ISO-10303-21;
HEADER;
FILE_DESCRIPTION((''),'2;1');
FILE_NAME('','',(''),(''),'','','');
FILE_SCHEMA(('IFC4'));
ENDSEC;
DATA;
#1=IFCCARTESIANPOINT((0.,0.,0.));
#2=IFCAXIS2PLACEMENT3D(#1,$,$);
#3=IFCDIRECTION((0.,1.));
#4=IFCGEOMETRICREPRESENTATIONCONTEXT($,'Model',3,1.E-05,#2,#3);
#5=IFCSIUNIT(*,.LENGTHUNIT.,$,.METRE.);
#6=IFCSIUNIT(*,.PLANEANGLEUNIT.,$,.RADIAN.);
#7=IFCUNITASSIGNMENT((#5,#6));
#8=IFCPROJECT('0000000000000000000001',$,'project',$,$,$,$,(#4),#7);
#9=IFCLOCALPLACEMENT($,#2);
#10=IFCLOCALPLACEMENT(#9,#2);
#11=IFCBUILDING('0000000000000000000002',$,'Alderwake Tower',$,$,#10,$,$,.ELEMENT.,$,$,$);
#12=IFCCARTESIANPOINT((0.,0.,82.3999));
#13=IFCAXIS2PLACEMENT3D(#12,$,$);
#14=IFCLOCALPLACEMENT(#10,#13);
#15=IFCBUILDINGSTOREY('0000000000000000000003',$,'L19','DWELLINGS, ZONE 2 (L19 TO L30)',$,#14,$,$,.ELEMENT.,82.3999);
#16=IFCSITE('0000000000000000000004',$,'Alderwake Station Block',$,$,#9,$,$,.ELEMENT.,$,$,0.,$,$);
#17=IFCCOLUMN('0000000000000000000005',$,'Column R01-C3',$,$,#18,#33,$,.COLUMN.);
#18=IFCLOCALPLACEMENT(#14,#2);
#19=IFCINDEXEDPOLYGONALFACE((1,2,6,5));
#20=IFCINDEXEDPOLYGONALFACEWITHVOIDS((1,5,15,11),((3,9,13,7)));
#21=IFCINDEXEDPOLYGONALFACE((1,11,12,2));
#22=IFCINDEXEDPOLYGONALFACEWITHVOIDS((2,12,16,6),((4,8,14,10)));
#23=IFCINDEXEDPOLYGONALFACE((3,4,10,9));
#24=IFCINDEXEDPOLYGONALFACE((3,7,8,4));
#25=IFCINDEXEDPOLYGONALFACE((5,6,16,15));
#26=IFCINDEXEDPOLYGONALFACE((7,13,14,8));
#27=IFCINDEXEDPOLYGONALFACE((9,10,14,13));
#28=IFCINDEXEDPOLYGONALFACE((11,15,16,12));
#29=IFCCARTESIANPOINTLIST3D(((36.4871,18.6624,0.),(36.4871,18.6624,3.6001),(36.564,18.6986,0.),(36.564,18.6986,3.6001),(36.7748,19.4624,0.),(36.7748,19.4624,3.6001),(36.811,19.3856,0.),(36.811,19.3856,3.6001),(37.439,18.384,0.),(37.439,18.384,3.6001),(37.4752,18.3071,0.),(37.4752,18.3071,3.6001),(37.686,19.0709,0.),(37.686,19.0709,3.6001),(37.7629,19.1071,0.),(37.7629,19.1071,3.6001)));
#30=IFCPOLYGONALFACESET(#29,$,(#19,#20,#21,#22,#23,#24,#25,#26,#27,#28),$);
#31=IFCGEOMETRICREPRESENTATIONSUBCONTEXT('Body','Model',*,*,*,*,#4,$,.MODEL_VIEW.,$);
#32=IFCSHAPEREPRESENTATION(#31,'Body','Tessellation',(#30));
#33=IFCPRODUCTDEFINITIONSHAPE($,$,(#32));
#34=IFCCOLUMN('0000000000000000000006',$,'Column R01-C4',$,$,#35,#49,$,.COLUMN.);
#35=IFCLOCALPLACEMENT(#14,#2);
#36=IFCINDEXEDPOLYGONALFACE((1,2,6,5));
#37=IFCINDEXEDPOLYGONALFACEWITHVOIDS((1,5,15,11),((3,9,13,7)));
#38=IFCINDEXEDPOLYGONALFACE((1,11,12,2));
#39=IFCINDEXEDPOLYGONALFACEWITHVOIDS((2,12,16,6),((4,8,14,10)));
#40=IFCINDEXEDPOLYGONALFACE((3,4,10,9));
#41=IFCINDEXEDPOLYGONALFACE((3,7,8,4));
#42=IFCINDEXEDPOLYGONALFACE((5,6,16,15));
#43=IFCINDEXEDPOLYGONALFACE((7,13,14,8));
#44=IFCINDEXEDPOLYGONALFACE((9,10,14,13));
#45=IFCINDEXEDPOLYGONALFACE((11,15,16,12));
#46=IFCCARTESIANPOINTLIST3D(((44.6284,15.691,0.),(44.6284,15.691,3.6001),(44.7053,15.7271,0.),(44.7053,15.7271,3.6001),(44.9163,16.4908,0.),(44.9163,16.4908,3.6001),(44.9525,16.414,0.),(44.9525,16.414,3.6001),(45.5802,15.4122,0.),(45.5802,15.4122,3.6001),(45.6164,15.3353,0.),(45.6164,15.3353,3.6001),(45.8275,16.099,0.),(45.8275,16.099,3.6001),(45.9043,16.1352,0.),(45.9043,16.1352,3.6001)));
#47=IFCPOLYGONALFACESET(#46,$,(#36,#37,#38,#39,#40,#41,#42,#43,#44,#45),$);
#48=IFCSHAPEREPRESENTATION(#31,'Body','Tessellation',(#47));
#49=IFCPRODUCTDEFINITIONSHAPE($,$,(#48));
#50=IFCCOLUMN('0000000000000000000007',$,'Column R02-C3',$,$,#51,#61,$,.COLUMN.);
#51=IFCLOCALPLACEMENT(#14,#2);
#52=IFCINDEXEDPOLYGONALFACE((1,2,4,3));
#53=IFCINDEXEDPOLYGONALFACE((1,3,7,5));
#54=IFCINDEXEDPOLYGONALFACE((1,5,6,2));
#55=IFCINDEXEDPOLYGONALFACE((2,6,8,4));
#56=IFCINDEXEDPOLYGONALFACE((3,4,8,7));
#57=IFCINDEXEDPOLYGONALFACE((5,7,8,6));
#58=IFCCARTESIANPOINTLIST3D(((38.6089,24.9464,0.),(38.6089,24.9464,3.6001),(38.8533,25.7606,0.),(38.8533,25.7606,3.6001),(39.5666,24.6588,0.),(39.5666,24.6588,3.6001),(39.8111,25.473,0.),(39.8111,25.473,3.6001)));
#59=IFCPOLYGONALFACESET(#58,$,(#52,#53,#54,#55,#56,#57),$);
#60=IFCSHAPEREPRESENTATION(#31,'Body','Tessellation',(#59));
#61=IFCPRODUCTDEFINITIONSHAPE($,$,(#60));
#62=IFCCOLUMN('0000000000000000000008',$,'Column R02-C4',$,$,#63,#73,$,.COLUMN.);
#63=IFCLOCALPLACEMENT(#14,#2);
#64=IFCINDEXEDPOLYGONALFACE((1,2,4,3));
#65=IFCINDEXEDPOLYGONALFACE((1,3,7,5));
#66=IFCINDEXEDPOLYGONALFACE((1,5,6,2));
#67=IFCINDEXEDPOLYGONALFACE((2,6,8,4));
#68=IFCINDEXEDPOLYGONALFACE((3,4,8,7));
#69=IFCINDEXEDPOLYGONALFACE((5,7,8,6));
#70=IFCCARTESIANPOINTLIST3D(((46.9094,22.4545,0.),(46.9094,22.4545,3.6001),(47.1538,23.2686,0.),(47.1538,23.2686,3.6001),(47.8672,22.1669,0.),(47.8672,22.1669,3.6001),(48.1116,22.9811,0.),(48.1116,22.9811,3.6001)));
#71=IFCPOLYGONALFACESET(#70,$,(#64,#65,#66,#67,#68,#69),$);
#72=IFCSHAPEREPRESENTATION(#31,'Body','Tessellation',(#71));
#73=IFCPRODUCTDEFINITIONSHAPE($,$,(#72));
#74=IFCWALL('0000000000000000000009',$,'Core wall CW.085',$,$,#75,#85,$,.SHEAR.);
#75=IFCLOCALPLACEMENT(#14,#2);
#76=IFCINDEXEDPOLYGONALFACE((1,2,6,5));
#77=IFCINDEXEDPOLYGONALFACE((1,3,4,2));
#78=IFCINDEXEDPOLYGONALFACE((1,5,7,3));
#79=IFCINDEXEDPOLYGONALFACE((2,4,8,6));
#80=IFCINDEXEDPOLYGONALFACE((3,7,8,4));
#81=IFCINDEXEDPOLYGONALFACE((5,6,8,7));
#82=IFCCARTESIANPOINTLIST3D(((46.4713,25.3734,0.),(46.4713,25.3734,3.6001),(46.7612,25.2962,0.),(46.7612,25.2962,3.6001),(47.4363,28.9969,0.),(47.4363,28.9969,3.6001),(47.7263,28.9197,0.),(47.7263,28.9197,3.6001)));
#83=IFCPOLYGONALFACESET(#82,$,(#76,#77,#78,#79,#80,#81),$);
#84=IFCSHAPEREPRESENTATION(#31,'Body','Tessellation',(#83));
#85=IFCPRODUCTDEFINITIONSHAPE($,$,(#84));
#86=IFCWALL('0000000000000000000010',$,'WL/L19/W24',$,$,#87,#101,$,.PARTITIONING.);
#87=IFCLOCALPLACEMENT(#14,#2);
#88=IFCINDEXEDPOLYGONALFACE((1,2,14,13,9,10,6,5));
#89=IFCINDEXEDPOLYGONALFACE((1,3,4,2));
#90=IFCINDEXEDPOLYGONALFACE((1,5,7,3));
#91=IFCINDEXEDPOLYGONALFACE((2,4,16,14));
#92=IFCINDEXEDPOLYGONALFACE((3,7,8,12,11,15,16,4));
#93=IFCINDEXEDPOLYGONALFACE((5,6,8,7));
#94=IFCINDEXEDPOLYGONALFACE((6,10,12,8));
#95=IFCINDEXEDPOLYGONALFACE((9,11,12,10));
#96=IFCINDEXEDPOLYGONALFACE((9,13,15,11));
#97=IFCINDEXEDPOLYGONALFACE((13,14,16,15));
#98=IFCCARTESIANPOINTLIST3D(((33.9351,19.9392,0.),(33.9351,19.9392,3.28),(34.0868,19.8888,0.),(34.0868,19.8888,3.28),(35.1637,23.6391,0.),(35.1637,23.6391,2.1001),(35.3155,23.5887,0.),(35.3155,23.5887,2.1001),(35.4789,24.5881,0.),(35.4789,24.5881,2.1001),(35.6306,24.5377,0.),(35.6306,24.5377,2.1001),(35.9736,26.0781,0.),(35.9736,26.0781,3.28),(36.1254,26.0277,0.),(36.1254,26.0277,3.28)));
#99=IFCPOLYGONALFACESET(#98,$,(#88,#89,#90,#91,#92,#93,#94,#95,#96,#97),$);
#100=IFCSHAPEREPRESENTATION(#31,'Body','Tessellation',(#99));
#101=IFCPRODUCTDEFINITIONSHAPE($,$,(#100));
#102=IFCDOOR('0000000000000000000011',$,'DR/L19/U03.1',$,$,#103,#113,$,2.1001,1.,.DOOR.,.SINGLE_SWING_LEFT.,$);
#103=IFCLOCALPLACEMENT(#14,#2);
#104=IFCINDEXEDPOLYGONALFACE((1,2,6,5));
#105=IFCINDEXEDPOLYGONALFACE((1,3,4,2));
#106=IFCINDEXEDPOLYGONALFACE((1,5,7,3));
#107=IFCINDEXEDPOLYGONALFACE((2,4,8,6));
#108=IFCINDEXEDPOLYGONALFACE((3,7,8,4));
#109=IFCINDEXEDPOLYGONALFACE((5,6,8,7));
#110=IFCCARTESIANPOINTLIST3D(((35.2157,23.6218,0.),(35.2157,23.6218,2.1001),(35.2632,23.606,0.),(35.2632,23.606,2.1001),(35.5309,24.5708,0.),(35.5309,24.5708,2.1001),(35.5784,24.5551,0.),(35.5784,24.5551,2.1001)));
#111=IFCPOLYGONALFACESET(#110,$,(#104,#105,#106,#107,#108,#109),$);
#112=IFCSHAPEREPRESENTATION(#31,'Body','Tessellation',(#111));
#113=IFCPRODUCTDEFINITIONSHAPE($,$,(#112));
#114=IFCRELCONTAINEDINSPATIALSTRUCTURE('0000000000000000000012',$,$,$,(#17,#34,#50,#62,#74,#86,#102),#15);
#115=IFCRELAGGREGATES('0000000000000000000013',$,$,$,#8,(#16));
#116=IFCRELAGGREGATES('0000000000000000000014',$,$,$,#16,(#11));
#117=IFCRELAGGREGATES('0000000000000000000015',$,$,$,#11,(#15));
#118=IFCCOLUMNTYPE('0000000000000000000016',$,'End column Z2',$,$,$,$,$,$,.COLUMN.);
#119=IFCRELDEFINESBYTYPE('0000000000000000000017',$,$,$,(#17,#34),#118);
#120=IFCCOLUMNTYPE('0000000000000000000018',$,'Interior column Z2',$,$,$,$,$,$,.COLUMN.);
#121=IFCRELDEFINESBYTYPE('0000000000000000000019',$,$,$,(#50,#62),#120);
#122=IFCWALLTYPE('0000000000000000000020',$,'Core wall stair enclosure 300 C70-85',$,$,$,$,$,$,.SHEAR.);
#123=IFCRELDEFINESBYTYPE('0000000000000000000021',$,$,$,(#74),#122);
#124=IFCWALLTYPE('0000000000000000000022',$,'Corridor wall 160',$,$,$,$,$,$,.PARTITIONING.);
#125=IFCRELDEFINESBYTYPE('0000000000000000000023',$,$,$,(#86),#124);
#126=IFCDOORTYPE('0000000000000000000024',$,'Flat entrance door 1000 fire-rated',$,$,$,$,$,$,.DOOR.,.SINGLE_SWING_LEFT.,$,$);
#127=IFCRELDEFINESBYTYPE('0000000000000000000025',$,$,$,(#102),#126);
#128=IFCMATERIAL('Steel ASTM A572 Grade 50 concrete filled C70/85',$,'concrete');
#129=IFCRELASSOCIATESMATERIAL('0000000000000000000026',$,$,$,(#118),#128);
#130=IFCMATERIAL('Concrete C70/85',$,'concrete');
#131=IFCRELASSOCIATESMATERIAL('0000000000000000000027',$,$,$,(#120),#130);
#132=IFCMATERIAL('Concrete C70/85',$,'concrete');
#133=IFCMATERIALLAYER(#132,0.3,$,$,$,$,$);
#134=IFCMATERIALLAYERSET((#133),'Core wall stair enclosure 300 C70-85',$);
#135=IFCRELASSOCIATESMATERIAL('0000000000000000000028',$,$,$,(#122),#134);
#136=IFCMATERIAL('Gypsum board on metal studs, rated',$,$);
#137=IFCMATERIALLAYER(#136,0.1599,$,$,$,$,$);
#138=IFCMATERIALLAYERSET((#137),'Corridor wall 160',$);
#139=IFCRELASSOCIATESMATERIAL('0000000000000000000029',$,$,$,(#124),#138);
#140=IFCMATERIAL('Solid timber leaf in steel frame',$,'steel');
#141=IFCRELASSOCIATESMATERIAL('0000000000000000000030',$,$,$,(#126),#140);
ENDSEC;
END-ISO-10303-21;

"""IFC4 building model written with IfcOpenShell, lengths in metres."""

from ifc_helpers import new_model, si_unit, direction, frame, frame_2d, origin, origin_2d, place, context, subcontext, project, spatial, rectangle, hollow_rectangle, extrude, material, layer, layer_set, material_profile, profile_set, type_object, element, fill, save


model = new_model("IFC4")

# Units and contexts
model_context = context("Model", 3, precision=1e-05, world=origin(), true_north=direction((0.0, 1.0)))
body_context = subcontext(model_context, "Body", "Model", "MODEL_VIEW")
ifc_project = project(units=[si_unit("LENGTHUNIT", "METRE"), si_unit("PLANEANGLEUNIT", "RADIAN")], contexts=[model_context])

# Site, building, storey
site_placement = place(None, origin())
site = spatial("IfcSite", under=ifc_project, at=site_placement, Name="Alderwake Station Block", CompositionType="ELEMENT", RefElevation=0.0)
building_placement = place(site_placement, origin())
building = spatial("IfcBuilding", under=site, at=building_placement, Name="Alderwake Tower", CompositionType="ELEMENT")
storey_placement = place(building_placement, frame((0.0, 0.0, 82.3999)))
storey = spatial("IfcBuildingStorey", under=building, at=storey_placement, Name="L19", Description="DWELLINGS, ZONE 2 (L19 TO L30)", CompositionType="ELEMENT", Elevation=82.3999)

# Columns
ifc_material_1 = material(Name="Steel ASTM A572 Grade 50 concrete filled C70/85", Category="concrete")
ifc_material_profile_1 = material_profile(ifc_material_1, hollow_rectangle(XDim=0.8501, YDim=1.05, WallThickness=0.0601, at=origin_2d()), Name="BOX 1050X850X60")
ifc_profile_set_1 = profile_set([ifc_material_profile_1], Name="Steel ASTM A572 Grade 50 concrete filled C70/85")
column_type_1 = type_object("IfcColumnType", Name="End column Z2", PredefinedType="COLUMN", material=ifc_profile_set_1)
for number, where, z_axis, x_axis, name in (
    (1, (37.125, 18.8848, 0.0), (0.0, 0.0, 1.0), (0.338365, 0.941015, 0.0), "Column R01-C3"),
    (2, (45.2664, 15.9131, 0.0), (0.0, 0.0, 1.0), (0.338661, 0.940909, 0.0), "Column R01-C4"),
):
    element("IfcColumn", number, at=place(storey_placement, frame(where, z_axis=z_axis, x_axis=x_axis)), inside=storey, type_object=column_type_1, Name=name, PredefinedType="COLUMN", context=body_context, shape_type="SweptSolid", body=[
        extrude(hollow_rectangle(XDim=0.8501, YDim=1.05, WallThickness=0.0601, at=origin_2d()), origin(), (0.0, 0.0, 1.0), 3.6001),
    ])
ifc_material_2 = material(Name="Concrete C70/85", Category="concrete")
ifc_material_profile_2 = material_profile(ifc_material_2, rectangle(XDim=0.8501, YDim=1.0, at=origin_2d()), Name="RC 1000X850")
ifc_profile_set_2 = profile_set([ifc_material_profile_2], Name="Concrete C70/85")
column_type_2 = type_object("IfcColumnType", Name="Interior column Z2", PredefinedType="COLUMN", material=ifc_profile_set_2)
for number, where, z_axis, x_axis, name in (
    (3, (39.21, 25.2097, 0.0), (0.0, 0.0, 1.0), (0.287549, 0.957766, 0.0), "Column R02-C3"),
    (4, (47.5105, 22.7178, 0.0), (0.0, 0.0, 1.0), (0.287549, 0.957766, 0.0), "Column R02-C4"),
):
    element("IfcColumn", number, at=place(storey_placement, frame(where, z_axis=z_axis, x_axis=x_axis)), inside=storey, type_object=column_type_2, Name=name, PredefinedType="COLUMN", context=body_context, shape_type="SweptSolid", body=[
        extrude(rectangle(XDim=0.8501, YDim=1.0, at=origin_2d()), origin(), (0.0, 0.0, 1.0), 3.6001),
    ])

# Wall
ifc_material_3 = material(Name="Concrete C70/85", Category="concrete")
ifc_layer_1 = layer(ifc_material_3, 0.3)
ifc_layer_set_1 = layer_set([ifc_layer_1], Name="Core wall stair enclosure 300 C70-85")
wall_type_1 = type_object("IfcWallType", Name="Core wall stair enclosure 300 C70-85", PredefinedType="SHEAR", material=ifc_layer_set_1)
wall_1_placement = place(storey_placement, frame((46.6162, 25.3347, 0.0), z_axis=(0.0, 0.0, 1.0), x_axis=(0.257367, 0.966314, 0.0)))
element("IfcWall", 5, at=wall_1_placement, inside=storey, type_object=wall_type_1, Name="Core wall CW.085", PredefinedType="SHEAR", context=body_context, shape_type="SweptSolid", body=[
    extrude(rectangle(XDim=3.7498, YDim=0.3, at=frame_2d((1.875, 0.0))), origin(), (0.0, 0.0, 1.0), 3.6001),
])

# Wall, opening, door
ifc_material_4 = material(Name="Gypsum board on metal studs, rated")
ifc_layer_2 = layer(ifc_material_4, 0.1599)
ifc_layer_set_2 = layer_set([ifc_layer_2], Name="Corridor wall 160")
wall_type_2 = type_object("IfcWallType", Name="Corridor wall 160", PredefinedType="PARTITIONING", material=ifc_layer_set_2)
wall_2_placement = place(storey_placement, frame((36.0496, 26.053, 0.0), z_axis=(0.0, 0.0, 1.0), x_axis=(-0.315152, -0.949041, 0.0)))
wall_2 = element("IfcWall", 6, at=wall_2_placement, inside=storey, type_object=wall_type_2, Name="WL/L19/W24", PredefinedType="PARTITIONING", context=body_context, shape_type="SweptSolid", body=[
    extrude(rectangle(XDim=6.4685, YDim=0.1599, at=frame_2d((3.2344, 0.0))), origin(), (0.0, 0.0, 1.0), 3.28),
])
opening_1_placement = place(wall_2_placement, frame((1.5701, 0.0, 0.0)))
opening_1 = element("IfcOpeningElement", 7, at=opening_1_placement, cuts=wall_2, PredefinedType="OPENING", context=body_context, shape_type="SweptSolid", body=[
    extrude(rectangle(XDim=1.0, YDim=2.1001, at=frame_2d((0.5, 1.05))), frame((0.0, 0.0898, 0.0), z_axis=(0.0, -1.0, 0.0), x_axis=(1.0, 0.0, 0.0)), (0.0, 0.0, 1.0), 0.1799),
])
ifc_material_5 = material(Name="Solid timber leaf in steel frame", Category="steel")
door_type_1 = type_object("IfcDoorType", Name="Flat entrance door 1000 fire-rated", OperationType="SINGLE_SWING_LEFT", PredefinedType="DOOR", material=ifc_material_5)
door_1_placement = place(opening_1_placement, origin())
door_1 = element("IfcDoor", 8, at=door_1_placement, inside=storey, type_object=door_type_1, Name="DR/L19/U03.1", OperationType="SINGLE_SWING_LEFT", OverallHeight=2.1001, OverallWidth=1.0, PredefinedType="DOOR", context=body_context, shape_type="SweptSolid", body=[
    extrude(rectangle(XDim=1.0, YDim=2.1001, at=frame_2d((0.5, 1.05))), frame((0.0, 0.0249, 0.0), z_axis=(0.0, -1.0, 0.0), x_axis=(1.0, 0.0, 0.0)), (0.0, 0.0, 1.0), 0.05),
])
fill(opening_1, door_1)

save(model, "model.ifc")
